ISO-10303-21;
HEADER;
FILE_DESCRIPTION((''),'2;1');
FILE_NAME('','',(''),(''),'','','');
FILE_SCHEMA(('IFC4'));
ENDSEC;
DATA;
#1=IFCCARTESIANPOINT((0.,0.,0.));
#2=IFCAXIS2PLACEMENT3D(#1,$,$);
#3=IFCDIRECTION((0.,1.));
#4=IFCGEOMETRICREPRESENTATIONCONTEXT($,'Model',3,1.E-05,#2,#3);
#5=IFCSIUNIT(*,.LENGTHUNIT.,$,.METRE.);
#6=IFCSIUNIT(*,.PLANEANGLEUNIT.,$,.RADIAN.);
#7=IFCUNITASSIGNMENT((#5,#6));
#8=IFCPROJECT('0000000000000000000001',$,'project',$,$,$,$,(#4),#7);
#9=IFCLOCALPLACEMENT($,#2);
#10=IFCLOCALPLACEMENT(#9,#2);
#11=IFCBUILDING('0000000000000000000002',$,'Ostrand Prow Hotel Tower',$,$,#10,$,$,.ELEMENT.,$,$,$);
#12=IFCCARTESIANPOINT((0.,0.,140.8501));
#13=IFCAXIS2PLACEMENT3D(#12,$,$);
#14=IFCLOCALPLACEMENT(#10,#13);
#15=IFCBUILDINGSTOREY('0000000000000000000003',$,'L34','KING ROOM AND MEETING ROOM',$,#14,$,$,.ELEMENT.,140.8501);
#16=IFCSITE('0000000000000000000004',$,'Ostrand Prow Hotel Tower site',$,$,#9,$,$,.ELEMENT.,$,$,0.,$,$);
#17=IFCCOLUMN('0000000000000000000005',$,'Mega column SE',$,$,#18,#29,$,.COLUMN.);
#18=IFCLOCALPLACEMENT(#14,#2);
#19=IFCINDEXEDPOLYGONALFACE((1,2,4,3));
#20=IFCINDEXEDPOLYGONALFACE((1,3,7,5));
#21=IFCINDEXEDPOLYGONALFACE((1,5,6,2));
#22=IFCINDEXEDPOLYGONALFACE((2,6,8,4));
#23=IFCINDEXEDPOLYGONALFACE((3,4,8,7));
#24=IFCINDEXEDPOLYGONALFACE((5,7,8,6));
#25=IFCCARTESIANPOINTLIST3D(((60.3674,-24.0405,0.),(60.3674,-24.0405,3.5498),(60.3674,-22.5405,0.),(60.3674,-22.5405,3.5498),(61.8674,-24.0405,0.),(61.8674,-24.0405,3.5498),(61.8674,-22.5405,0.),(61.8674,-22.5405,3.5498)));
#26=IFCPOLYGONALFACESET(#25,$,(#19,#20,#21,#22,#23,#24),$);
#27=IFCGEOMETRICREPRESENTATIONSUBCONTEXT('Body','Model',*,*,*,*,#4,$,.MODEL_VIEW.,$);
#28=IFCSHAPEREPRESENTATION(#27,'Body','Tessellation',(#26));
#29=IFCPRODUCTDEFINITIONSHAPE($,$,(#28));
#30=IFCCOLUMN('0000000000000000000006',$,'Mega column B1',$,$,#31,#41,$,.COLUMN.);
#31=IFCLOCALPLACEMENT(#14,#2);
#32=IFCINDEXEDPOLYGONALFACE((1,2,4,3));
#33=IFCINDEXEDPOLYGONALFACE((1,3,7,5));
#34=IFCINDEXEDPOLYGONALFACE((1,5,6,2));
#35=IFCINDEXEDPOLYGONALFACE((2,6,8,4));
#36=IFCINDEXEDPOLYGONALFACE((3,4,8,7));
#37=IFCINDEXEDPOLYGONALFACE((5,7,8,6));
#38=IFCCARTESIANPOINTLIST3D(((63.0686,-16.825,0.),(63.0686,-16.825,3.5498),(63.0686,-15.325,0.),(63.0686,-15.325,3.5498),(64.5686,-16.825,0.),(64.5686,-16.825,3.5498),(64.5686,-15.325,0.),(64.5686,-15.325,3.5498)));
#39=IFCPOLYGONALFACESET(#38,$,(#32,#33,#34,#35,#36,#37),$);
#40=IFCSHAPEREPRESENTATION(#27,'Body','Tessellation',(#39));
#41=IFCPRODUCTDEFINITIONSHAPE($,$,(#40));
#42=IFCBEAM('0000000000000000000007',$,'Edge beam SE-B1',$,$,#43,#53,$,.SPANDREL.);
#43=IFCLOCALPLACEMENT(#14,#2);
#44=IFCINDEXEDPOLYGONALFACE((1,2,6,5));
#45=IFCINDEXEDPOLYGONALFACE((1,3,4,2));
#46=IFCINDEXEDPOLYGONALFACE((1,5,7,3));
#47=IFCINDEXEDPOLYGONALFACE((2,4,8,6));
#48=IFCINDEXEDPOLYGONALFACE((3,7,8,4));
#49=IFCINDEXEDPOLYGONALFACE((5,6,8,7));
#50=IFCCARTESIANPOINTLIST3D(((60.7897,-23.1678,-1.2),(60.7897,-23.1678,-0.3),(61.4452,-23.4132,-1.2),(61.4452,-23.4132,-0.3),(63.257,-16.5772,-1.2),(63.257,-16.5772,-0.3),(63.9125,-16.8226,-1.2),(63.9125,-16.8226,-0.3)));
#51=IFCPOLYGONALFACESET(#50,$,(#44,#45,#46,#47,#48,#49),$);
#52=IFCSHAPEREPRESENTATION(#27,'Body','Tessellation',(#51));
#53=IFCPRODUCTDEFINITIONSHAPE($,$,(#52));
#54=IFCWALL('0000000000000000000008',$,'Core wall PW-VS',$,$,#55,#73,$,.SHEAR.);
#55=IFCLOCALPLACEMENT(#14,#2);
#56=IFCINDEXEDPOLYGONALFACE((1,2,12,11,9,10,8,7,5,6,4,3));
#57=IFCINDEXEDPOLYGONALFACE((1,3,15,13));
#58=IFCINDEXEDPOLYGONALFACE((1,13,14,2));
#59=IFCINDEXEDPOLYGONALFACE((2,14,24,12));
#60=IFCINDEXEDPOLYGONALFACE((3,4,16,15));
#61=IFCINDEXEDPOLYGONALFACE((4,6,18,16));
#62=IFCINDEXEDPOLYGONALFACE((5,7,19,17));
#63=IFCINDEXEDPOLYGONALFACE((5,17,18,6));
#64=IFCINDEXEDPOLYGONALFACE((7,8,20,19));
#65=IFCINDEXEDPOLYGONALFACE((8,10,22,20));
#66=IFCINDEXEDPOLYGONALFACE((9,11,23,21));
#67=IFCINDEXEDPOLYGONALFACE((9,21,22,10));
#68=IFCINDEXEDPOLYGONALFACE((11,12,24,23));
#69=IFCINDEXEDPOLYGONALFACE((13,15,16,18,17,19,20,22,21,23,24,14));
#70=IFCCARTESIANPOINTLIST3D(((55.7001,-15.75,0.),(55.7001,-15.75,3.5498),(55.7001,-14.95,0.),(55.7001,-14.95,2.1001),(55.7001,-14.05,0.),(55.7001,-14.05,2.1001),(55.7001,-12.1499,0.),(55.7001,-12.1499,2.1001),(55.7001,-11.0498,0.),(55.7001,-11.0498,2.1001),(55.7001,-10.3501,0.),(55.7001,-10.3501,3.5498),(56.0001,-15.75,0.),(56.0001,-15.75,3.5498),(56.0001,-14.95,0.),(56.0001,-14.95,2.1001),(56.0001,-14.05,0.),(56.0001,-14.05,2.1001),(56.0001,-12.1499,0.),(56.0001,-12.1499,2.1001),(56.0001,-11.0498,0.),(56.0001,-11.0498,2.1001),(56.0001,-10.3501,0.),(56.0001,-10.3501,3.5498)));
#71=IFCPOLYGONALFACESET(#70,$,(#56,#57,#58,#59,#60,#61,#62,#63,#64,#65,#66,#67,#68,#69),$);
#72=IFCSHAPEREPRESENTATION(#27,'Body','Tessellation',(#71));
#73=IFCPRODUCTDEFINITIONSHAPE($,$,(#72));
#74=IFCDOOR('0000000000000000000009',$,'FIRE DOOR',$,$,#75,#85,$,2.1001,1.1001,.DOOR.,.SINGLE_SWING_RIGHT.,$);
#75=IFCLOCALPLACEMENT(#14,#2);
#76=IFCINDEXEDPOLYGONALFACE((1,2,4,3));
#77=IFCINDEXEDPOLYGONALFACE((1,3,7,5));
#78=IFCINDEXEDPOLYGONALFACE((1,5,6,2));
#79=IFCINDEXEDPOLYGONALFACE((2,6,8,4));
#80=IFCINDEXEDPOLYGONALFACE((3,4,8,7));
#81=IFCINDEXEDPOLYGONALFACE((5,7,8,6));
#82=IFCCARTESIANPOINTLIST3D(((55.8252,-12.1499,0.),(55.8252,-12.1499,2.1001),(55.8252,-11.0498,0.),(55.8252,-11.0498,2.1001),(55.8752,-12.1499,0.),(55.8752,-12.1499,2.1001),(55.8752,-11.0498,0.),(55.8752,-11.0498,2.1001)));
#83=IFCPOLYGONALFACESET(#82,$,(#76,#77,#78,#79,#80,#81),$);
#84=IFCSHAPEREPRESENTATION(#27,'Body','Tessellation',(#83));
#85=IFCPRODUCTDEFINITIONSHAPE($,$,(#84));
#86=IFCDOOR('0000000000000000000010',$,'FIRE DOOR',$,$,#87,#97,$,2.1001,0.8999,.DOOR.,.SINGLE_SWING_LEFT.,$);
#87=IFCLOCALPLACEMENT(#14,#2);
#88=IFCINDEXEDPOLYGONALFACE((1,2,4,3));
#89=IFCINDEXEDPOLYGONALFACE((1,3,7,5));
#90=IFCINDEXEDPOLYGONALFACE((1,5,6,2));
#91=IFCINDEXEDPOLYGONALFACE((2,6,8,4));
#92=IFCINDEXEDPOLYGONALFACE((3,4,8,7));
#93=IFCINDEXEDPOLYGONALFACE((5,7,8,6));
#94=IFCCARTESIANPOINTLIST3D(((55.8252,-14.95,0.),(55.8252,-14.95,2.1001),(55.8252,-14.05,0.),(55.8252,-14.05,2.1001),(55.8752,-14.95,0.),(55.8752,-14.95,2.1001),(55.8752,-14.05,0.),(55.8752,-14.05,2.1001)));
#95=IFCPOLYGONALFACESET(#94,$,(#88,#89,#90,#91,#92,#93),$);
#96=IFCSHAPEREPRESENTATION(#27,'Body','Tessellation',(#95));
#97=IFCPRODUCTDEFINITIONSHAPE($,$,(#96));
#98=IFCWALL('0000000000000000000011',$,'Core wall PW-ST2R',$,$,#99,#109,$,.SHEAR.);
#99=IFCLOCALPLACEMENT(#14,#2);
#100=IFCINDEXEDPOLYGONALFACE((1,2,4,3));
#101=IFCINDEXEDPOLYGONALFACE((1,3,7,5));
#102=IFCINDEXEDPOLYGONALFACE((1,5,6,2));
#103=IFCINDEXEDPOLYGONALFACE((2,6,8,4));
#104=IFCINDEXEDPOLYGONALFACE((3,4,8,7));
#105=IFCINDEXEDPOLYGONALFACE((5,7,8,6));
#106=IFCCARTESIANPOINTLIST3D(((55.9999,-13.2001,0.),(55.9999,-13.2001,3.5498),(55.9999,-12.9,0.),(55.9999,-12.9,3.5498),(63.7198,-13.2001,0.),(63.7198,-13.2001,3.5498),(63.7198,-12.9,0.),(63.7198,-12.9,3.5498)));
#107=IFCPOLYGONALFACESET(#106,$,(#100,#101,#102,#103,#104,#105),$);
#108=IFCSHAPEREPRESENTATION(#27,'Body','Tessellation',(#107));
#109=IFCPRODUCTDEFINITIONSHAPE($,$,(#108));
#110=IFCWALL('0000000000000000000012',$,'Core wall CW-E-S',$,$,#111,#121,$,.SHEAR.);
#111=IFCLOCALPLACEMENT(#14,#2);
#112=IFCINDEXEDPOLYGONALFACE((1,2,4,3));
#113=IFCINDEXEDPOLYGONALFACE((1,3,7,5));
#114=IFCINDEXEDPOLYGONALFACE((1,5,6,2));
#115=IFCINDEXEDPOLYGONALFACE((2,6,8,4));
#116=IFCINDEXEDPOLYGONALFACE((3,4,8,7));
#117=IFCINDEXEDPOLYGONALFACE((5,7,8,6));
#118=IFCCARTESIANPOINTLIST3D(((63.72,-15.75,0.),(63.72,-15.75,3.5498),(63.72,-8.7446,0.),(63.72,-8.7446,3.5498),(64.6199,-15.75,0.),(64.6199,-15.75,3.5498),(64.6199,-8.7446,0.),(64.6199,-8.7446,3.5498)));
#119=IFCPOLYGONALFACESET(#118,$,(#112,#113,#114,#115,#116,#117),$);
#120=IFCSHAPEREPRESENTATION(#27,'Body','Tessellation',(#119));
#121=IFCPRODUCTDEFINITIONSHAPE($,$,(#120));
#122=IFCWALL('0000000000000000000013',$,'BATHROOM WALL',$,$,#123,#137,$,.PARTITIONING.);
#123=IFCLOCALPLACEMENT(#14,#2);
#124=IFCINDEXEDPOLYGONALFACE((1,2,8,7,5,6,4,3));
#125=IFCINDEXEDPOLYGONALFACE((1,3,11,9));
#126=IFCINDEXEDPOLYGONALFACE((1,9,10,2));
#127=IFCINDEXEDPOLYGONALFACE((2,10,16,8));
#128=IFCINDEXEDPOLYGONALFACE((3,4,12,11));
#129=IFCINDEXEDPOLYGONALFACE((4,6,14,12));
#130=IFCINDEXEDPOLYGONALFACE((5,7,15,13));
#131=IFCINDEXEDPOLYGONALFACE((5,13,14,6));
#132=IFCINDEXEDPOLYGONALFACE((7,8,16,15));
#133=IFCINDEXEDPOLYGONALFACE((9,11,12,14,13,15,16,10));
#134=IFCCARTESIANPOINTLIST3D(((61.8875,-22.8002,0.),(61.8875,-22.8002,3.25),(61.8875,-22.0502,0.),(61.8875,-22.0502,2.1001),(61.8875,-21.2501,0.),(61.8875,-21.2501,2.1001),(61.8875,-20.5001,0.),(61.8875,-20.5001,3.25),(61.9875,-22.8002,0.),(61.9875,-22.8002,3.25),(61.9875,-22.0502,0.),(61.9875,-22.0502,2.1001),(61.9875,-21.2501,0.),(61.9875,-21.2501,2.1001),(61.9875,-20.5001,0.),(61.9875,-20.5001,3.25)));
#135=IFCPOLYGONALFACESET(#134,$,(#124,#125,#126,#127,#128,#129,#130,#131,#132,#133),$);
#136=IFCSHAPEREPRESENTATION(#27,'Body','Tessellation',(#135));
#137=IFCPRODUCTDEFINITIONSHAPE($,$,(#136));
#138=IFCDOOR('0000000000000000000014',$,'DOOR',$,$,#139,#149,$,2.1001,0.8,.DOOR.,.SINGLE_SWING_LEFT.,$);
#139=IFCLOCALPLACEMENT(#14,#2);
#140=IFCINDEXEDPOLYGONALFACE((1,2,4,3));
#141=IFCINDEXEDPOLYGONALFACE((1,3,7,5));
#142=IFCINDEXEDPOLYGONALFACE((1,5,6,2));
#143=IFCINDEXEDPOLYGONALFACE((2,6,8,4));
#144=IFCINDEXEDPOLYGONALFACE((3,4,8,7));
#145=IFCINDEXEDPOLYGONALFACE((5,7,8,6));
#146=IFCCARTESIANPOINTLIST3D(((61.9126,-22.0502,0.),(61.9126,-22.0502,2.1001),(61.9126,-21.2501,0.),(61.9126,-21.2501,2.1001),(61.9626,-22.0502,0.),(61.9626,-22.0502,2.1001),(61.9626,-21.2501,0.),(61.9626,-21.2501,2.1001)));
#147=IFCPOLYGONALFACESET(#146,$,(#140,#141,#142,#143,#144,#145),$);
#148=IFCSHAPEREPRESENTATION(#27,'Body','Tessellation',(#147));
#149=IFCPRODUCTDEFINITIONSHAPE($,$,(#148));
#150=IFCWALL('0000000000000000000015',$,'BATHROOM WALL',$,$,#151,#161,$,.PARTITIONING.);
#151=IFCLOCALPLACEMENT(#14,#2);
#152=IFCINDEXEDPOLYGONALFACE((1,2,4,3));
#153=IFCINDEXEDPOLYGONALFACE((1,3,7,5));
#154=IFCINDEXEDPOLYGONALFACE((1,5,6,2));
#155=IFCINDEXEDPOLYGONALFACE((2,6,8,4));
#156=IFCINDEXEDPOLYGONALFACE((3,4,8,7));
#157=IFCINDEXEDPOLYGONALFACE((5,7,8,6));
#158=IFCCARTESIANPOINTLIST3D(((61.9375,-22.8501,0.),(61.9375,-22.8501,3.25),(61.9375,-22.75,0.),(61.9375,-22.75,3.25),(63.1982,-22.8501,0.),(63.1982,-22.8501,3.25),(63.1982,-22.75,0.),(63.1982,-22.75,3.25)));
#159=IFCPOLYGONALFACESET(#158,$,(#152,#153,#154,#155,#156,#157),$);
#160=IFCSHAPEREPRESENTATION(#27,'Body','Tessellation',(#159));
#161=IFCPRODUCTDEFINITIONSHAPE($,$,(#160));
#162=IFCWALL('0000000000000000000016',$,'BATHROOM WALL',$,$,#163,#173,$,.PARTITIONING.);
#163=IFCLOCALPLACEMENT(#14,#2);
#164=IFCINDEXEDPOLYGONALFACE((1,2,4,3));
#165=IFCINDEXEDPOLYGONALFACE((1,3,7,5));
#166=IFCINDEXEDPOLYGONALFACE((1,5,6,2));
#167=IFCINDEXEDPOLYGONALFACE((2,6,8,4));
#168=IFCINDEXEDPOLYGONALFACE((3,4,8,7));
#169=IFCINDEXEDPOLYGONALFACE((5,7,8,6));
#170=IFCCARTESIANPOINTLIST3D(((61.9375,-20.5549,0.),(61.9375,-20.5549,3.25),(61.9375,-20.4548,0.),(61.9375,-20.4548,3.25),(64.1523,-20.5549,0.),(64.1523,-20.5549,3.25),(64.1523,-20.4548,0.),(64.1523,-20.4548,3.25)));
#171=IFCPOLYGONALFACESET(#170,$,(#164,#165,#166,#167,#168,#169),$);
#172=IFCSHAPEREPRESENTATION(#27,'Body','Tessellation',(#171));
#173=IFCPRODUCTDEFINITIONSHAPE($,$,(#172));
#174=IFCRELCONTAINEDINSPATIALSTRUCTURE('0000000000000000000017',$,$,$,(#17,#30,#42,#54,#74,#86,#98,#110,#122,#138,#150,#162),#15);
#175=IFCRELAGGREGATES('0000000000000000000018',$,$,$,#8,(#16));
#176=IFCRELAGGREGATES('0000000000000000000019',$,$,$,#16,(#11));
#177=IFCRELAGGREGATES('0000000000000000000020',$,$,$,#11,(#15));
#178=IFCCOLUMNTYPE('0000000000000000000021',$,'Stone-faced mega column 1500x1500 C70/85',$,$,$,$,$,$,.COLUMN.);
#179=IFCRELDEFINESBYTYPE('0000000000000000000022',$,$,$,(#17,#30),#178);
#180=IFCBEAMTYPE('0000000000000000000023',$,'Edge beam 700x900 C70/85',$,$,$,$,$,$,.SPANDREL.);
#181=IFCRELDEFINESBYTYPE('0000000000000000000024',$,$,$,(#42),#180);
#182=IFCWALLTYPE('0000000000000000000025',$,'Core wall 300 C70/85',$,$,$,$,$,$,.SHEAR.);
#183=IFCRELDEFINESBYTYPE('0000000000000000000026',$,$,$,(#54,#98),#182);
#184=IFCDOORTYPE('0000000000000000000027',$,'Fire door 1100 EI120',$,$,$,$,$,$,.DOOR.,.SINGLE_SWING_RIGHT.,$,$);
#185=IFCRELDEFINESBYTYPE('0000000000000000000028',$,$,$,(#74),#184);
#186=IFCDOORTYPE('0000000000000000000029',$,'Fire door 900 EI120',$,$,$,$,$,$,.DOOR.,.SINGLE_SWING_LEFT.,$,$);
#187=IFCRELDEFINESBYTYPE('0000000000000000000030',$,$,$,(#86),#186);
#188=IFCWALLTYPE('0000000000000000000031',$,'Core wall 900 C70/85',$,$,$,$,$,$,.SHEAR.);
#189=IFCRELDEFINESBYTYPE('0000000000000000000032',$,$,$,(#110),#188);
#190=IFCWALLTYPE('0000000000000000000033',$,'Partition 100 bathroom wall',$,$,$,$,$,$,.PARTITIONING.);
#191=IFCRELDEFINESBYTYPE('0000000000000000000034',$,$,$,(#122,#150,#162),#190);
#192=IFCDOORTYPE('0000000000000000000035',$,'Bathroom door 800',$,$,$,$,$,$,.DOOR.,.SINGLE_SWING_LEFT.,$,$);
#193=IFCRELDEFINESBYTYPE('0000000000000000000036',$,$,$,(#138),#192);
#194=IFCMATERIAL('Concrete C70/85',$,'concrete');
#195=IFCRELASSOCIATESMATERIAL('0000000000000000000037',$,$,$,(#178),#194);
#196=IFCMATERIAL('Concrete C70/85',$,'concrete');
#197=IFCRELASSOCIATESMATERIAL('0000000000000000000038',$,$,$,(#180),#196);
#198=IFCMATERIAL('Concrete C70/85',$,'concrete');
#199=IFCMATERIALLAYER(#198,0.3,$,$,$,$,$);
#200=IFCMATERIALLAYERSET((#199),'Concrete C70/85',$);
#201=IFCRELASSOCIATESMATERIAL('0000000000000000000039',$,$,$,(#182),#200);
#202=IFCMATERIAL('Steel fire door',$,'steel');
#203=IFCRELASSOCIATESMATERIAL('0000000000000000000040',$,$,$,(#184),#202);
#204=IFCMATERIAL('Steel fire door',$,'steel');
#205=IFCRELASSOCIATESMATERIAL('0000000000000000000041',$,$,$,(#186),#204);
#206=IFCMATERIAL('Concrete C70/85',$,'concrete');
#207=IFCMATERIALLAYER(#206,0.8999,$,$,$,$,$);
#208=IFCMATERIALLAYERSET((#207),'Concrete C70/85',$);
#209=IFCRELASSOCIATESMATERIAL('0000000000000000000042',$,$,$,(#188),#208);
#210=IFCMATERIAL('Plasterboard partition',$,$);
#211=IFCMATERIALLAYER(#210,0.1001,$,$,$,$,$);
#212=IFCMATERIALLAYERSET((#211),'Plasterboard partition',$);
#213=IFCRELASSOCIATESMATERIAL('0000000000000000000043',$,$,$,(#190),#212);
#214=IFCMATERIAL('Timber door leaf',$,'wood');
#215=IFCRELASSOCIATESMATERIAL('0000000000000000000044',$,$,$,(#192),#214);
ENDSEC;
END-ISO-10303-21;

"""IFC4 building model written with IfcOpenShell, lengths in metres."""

from ifc_helpers import new_model, si_unit, direction, frame, frame_2d, origin, origin_2d, place, context, subcontext, project, spatial, rectangle, extrude, material, layer, layer_set, material_profile, profile_set, type_object, element, fill, save


model = new_model("IFC4")

# Units and contexts
model_context = context("Model", 3, precision=1e-05, world=origin(), true_north=direction((0.0, 1.0)))
body_context = subcontext(model_context, "Body", "Model", "MODEL_VIEW")
ifc_project = project(units=[si_unit("LENGTHUNIT", "METRE"), si_unit("PLANEANGLEUNIT", "RADIAN")], contexts=[model_context])

# Site, building, storey
site_placement = place(None, origin())
site = spatial("IfcSite", under=ifc_project, at=site_placement, Name="Ostrand Prow Hotel Tower site", CompositionType="ELEMENT", RefElevation=0.0)
building_placement = place(site_placement, origin())
building = spatial("IfcBuilding", under=site, at=building_placement, Name="Ostrand Prow Hotel Tower", CompositionType="ELEMENT")
storey_placement = place(building_placement, frame((0.0, 0.0, 140.8501)))
storey = spatial("IfcBuildingStorey", under=building, at=storey_placement, Name="L34", Description="KING ROOM AND MEETING ROOM", CompositionType="ELEMENT", Elevation=140.8501)

# Columns
ifc_material_1 = material(Name="Concrete C70/85", Category="concrete")
ifc_material_profile_1 = material_profile(ifc_material_1, rectangle(XDim=1.5, YDim=1.5, at=origin_2d()), Name="RC 1500x1500")
ifc_profile_set_1 = profile_set([ifc_material_profile_1], Name="Concrete C70/85")
column_type = type_object("IfcColumnType", Name="Stone-faced mega column 1500x1500 C70/85", PredefinedType="COLUMN", material=ifc_profile_set_1)
for number, where, z_axis, x_axis, name in (
    (1, (61.1174, -23.2905, 0.0), (0.0, 0.0, 1.0), (1.0, 0.0, 0.0), "Mega column SE"),
    (2, (63.8186, -16.075, 0.0), (0.0, 0.0, 1.0), (1.0, 0.0, 0.0), "Mega column B1"),
):
    element("IfcColumn", number, at=place(storey_placement, frame(where, z_axis=z_axis, x_axis=x_axis)), inside=storey, type_object=column_type, Name=name, PredefinedType="COLUMN", context=body_context, shape_type="SweptSolid", body=[
        extrude(rectangle(XDim=1.5, YDim=1.5, at=origin_2d()), origin(), (0.0, 0.0, 1.0), 3.5498),
    ])

# Beam
ifc_material_2 = material(Name="Concrete C70/85", Category="concrete")
ifc_material_profile_2 = material_profile(ifc_material_2, rectangle(XDim=0.7, YDim=0.8999, at=origin_2d()), Name="RC 700x900")
ifc_profile_set_2 = profile_set([ifc_material_profile_2], Name="Concrete C70/85")
beam_type = type_object("IfcBeamType", Name="Edge beam 700x900 C70/85", PredefinedType="SPANDREL", material=ifc_profile_set_2)
beam_placement = place(storey_placement, frame((61.1174, -23.2905, -0.75), z_axis=(0.350603, 0.936524, 0.0), x_axis=(-0.936524, 0.350603, 0.0)))
element("IfcBeam", 3, at=beam_placement, inside=storey, type_object=beam_type, Name="Edge beam SE-B1", PredefinedType="SPANDREL", context=body_context, shape_type="SweptSolid", body=[
    extrude(rectangle(XDim=0.7, YDim=0.8999, at=origin_2d()), origin(), (0.0, 0.0, 1.0), 7.0374),
])

# Wall, openings, doors
ifc_material_3 = material(Name="Concrete C70/85", Category="concrete")
ifc_layer_1 = layer(ifc_material_3, 0.3)
ifc_layer_set_1 = layer_set([ifc_layer_1], Name="Concrete C70/85")
wall_type_1 = type_object("IfcWallType", Name="Core wall 300 C70/85", PredefinedType="SHEAR", material=ifc_layer_set_1)
wall_1_placement = place(storey_placement, frame((55.8501, -15.75, 0.0), z_axis=(0.0, 0.0, 1.0), x_axis=(0.0, 1.0, 0.0)))
wall_1 = element("IfcWall", 4, at=wall_1_placement, inside=storey, type_object=wall_type_1, Name="Core wall PW-VS", PredefinedType="SHEAR", context=body_context, shape_type="SweptSolid", body=[
    extrude(rectangle(XDim=5.3999, YDim=0.3, at=frame_2d((2.7, 0.0))), origin(), (0.0, 0.0, 1.0), 3.5498),
])
opening_1_placement = place(wall_1_placement, frame((3.6001, 0.0, 0.0)))
opening_1 = element("IfcOpeningElement", 5, at=opening_1_placement, cuts=wall_1, PredefinedType="OPENING", context=body_context, shape_type="SweptSolid", body=[
    extrude(rectangle(XDim=1.1001, YDim=2.1001, at=frame_2d((0.55, 1.05))), frame((0.0, 0.1599, 0.0), z_axis=(0.0, -1.0, 0.0), x_axis=(1.0, 0.0, 0.0)), (0.0, 0.0, 1.0), 0.3201),
])
opening_2_placement = place(wall_1_placement, frame((0.8, 0.0, 0.0)))
opening_2 = element("IfcOpeningElement", 6, at=opening_2_placement, cuts=wall_1, PredefinedType="OPENING", context=body_context, shape_type="SweptSolid", body=[
    extrude(rectangle(XDim=0.8999, YDim=2.1001, at=frame_2d((0.45, 1.05))), frame((0.0, 0.1599, 0.0), z_axis=(0.0, -1.0, 0.0), x_axis=(1.0, 0.0, 0.0)), (0.0, 0.0, 1.0), 0.3201),
])
ifc_material_4 = material(Name="Steel fire door", Category="steel")
door_type_1 = type_object("IfcDoorType", Name="Fire door 1100 EI120", OperationType="SINGLE_SWING_RIGHT", PredefinedType="DOOR", material=ifc_material_4)
door_1_placement = place(opening_1_placement, origin())
door_1 = element("IfcDoor", 7, at=door_1_placement, inside=storey, type_object=door_type_1, Name="FIRE DOOR", OperationType="SINGLE_SWING_RIGHT", OverallHeight=2.1001, OverallWidth=1.1001, PredefinedType="DOOR", context=body_context, shape_type="SweptSolid", body=[
    extrude(rectangle(XDim=1.1001, YDim=2.1001, at=frame_2d((0.55, 1.05))), frame((0.0, 0.0249, 0.0), z_axis=(0.0, -1.0, 0.0), x_axis=(1.0, 0.0, 0.0)), (0.0, 0.0, 1.0), 0.05),
])
fill(opening_1, door_1)
ifc_material_5 = material(Name="Steel fire door", Category="steel")
door_type_2 = type_object("IfcDoorType", Name="Fire door 900 EI120", OperationType="SINGLE_SWING_LEFT", PredefinedType="DOOR", material=ifc_material_5)
door_2_placement = place(opening_2_placement, origin())
door_2 = element("IfcDoor", 8, at=door_2_placement, inside=storey, type_object=door_type_2, Name="FIRE DOOR", OperationType="SINGLE_SWING_LEFT", OverallHeight=2.1001, OverallWidth=0.8999, PredefinedType="DOOR", context=body_context, shape_type="SweptSolid", body=[
    extrude(rectangle(XDim=0.8999, YDim=2.1001, at=frame_2d((0.45, 1.05))), frame((0.0, 0.0249, 0.0), z_axis=(0.0, -1.0, 0.0), x_axis=(1.0, 0.0, 0.0)), (0.0, 0.0, 1.0), 0.05),
])
fill(opening_2, door_2)

# Walls
wall_2_placement = place(storey_placement, frame((56.0, -13.05, 0.0), z_axis=(0.0, 0.0, 1.0), x_axis=(1.0, 0.0, 0.0)))
element("IfcWall", 9, at=wall_2_placement, inside=storey, type_object=wall_type_1, Name="Core wall PW-ST2R", PredefinedType="SHEAR", context=body_context, shape_type="SweptSolid", body=[
    extrude(rectangle(XDim=7.72, YDim=0.3, at=frame_2d((3.8599, 0.0))), origin(), (0.0, 0.0, 1.0), 3.5498),
])
ifc_material_6 = material(Name="Concrete C70/85", Category="concrete")
ifc_layer_2 = layer(ifc_material_6, 0.8999)
ifc_layer_set_2 = layer_set([ifc_layer_2], Name="Concrete C70/85")
wall_type_2 = type_object("IfcWallType", Name="Core wall 900 C70/85", PredefinedType="SHEAR", material=ifc_layer_set_2)
wall_3_placement = place(storey_placement, frame((64.1699, -15.75, 0.0), z_axis=(0.0, 0.0, 1.0), x_axis=(0.0, 1.0, 0.0)))
element("IfcWall", 10, at=wall_3_placement, inside=storey, type_object=wall_type_2, Name="Core wall CW-E-S", PredefinedType="SHEAR", context=body_context, shape_type="SweptSolid", body=[
    extrude(rectangle(XDim=7.0054, YDim=0.8999, at=frame_2d((3.5027, 0.0))), origin(), (0.0, 0.0, 1.0), 3.5498),
])

# Wall, opening, door
ifc_material_7 = material(Name="Plasterboard partition")
ifc_layer_3 = layer(ifc_material_7, 0.1001)
ifc_layer_set_3 = layer_set([ifc_layer_3], Name="Plasterboard partition")
wall_type_3 = type_object("IfcWallType", Name="Partition 100 bathroom wall", PredefinedType="PARTITIONING", material=ifc_layer_set_3)
wall_4_placement = place(storey_placement, frame((61.9375, -22.8, 0.0), z_axis=(0.0, 0.0, 1.0), x_axis=(0.0, 1.0, 0.0)))
wall_4 = element("IfcWall", 11, at=wall_4_placement, inside=storey, type_object=wall_type_3, Name="BATHROOM WALL", PredefinedType="PARTITIONING", context=body_context, shape_type="SweptSolid", body=[
    extrude(rectangle(XDim=2.3, YDim=0.1001, at=frame_2d((1.1499, 0.0))), origin(), (0.0, 0.0, 1.0), 3.25),
])
opening_3_placement = place(wall_4_placement, frame((0.75, 0.0, 0.0)))
opening_3 = element("IfcOpeningElement", 12, at=opening_3_placement, cuts=wall_4, PredefinedType="OPENING", context=body_context, shape_type="SweptSolid", body=[
    extrude(rectangle(XDim=0.8, YDim=2.1001, at=frame_2d((0.3999, 1.05))), frame((0.0, 0.0601, 0.0), z_axis=(0.0, -1.0, 0.0), x_axis=(1.0, 0.0, 0.0)), (0.0, 0.0, 1.0), 0.1201),
])
ifc_material_8 = material(Name="Timber door leaf", Category="wood")
door_type_3 = type_object("IfcDoorType", Name="Bathroom door 800", OperationType="SINGLE_SWING_LEFT", PredefinedType="DOOR", material=ifc_material_8)
door_3_placement = place(opening_3_placement, origin())
door_3 = element("IfcDoor", 13, at=door_3_placement, inside=storey, type_object=door_type_3, Name="DOOR", OperationType="SINGLE_SWING_LEFT", OverallHeight=2.1001, OverallWidth=0.8, PredefinedType="DOOR", context=body_context, shape_type="SweptSolid", body=[
    extrude(rectangle(XDim=0.8, YDim=2.1001, at=frame_2d((0.3999, 1.05))), frame((0.0, 0.0249, 0.0), z_axis=(0.0, -1.0, 0.0), x_axis=(1.0, 0.0, 0.0)), (0.0, 0.0, 1.0), 0.05),
])
fill(opening_3, door_3)

# Walls
wall_5_placement = place(storey_placement, frame((63.1982, -22.8, 0.0), z_axis=(0.0, 0.0, 1.0), x_axis=(-1.0, 0.0, 0.0)))
element("IfcWall", 14, at=wall_5_placement, inside=storey, type_object=wall_type_3, Name="BATHROOM WALL", PredefinedType="PARTITIONING", context=body_context, shape_type="SweptSolid", body=[
    extrude(rectangle(XDim=1.2607, YDim=0.1001, at=frame_2d((0.6304, 0.0))), origin(), (0.0, 0.0, 1.0), 3.25),
])
wall_6_placement = place(storey_placement, frame((61.9375, -20.5049, 0.0), z_axis=(0.0, 0.0, 1.0), x_axis=(1.0, 0.0, 0.0)))
element("IfcWall", 15, at=wall_6_placement, inside=storey, type_object=wall_type_3, Name="BATHROOM WALL", PredefinedType="PARTITIONING", context=body_context, shape_type="SweptSolid", body=[
    extrude(rectangle(XDim=2.2148, YDim=0.1001, at=frame_2d((1.1074, 0.0))), origin(), (0.0, 0.0, 1.0), 3.25),
])

save(model, "model.ifc")
